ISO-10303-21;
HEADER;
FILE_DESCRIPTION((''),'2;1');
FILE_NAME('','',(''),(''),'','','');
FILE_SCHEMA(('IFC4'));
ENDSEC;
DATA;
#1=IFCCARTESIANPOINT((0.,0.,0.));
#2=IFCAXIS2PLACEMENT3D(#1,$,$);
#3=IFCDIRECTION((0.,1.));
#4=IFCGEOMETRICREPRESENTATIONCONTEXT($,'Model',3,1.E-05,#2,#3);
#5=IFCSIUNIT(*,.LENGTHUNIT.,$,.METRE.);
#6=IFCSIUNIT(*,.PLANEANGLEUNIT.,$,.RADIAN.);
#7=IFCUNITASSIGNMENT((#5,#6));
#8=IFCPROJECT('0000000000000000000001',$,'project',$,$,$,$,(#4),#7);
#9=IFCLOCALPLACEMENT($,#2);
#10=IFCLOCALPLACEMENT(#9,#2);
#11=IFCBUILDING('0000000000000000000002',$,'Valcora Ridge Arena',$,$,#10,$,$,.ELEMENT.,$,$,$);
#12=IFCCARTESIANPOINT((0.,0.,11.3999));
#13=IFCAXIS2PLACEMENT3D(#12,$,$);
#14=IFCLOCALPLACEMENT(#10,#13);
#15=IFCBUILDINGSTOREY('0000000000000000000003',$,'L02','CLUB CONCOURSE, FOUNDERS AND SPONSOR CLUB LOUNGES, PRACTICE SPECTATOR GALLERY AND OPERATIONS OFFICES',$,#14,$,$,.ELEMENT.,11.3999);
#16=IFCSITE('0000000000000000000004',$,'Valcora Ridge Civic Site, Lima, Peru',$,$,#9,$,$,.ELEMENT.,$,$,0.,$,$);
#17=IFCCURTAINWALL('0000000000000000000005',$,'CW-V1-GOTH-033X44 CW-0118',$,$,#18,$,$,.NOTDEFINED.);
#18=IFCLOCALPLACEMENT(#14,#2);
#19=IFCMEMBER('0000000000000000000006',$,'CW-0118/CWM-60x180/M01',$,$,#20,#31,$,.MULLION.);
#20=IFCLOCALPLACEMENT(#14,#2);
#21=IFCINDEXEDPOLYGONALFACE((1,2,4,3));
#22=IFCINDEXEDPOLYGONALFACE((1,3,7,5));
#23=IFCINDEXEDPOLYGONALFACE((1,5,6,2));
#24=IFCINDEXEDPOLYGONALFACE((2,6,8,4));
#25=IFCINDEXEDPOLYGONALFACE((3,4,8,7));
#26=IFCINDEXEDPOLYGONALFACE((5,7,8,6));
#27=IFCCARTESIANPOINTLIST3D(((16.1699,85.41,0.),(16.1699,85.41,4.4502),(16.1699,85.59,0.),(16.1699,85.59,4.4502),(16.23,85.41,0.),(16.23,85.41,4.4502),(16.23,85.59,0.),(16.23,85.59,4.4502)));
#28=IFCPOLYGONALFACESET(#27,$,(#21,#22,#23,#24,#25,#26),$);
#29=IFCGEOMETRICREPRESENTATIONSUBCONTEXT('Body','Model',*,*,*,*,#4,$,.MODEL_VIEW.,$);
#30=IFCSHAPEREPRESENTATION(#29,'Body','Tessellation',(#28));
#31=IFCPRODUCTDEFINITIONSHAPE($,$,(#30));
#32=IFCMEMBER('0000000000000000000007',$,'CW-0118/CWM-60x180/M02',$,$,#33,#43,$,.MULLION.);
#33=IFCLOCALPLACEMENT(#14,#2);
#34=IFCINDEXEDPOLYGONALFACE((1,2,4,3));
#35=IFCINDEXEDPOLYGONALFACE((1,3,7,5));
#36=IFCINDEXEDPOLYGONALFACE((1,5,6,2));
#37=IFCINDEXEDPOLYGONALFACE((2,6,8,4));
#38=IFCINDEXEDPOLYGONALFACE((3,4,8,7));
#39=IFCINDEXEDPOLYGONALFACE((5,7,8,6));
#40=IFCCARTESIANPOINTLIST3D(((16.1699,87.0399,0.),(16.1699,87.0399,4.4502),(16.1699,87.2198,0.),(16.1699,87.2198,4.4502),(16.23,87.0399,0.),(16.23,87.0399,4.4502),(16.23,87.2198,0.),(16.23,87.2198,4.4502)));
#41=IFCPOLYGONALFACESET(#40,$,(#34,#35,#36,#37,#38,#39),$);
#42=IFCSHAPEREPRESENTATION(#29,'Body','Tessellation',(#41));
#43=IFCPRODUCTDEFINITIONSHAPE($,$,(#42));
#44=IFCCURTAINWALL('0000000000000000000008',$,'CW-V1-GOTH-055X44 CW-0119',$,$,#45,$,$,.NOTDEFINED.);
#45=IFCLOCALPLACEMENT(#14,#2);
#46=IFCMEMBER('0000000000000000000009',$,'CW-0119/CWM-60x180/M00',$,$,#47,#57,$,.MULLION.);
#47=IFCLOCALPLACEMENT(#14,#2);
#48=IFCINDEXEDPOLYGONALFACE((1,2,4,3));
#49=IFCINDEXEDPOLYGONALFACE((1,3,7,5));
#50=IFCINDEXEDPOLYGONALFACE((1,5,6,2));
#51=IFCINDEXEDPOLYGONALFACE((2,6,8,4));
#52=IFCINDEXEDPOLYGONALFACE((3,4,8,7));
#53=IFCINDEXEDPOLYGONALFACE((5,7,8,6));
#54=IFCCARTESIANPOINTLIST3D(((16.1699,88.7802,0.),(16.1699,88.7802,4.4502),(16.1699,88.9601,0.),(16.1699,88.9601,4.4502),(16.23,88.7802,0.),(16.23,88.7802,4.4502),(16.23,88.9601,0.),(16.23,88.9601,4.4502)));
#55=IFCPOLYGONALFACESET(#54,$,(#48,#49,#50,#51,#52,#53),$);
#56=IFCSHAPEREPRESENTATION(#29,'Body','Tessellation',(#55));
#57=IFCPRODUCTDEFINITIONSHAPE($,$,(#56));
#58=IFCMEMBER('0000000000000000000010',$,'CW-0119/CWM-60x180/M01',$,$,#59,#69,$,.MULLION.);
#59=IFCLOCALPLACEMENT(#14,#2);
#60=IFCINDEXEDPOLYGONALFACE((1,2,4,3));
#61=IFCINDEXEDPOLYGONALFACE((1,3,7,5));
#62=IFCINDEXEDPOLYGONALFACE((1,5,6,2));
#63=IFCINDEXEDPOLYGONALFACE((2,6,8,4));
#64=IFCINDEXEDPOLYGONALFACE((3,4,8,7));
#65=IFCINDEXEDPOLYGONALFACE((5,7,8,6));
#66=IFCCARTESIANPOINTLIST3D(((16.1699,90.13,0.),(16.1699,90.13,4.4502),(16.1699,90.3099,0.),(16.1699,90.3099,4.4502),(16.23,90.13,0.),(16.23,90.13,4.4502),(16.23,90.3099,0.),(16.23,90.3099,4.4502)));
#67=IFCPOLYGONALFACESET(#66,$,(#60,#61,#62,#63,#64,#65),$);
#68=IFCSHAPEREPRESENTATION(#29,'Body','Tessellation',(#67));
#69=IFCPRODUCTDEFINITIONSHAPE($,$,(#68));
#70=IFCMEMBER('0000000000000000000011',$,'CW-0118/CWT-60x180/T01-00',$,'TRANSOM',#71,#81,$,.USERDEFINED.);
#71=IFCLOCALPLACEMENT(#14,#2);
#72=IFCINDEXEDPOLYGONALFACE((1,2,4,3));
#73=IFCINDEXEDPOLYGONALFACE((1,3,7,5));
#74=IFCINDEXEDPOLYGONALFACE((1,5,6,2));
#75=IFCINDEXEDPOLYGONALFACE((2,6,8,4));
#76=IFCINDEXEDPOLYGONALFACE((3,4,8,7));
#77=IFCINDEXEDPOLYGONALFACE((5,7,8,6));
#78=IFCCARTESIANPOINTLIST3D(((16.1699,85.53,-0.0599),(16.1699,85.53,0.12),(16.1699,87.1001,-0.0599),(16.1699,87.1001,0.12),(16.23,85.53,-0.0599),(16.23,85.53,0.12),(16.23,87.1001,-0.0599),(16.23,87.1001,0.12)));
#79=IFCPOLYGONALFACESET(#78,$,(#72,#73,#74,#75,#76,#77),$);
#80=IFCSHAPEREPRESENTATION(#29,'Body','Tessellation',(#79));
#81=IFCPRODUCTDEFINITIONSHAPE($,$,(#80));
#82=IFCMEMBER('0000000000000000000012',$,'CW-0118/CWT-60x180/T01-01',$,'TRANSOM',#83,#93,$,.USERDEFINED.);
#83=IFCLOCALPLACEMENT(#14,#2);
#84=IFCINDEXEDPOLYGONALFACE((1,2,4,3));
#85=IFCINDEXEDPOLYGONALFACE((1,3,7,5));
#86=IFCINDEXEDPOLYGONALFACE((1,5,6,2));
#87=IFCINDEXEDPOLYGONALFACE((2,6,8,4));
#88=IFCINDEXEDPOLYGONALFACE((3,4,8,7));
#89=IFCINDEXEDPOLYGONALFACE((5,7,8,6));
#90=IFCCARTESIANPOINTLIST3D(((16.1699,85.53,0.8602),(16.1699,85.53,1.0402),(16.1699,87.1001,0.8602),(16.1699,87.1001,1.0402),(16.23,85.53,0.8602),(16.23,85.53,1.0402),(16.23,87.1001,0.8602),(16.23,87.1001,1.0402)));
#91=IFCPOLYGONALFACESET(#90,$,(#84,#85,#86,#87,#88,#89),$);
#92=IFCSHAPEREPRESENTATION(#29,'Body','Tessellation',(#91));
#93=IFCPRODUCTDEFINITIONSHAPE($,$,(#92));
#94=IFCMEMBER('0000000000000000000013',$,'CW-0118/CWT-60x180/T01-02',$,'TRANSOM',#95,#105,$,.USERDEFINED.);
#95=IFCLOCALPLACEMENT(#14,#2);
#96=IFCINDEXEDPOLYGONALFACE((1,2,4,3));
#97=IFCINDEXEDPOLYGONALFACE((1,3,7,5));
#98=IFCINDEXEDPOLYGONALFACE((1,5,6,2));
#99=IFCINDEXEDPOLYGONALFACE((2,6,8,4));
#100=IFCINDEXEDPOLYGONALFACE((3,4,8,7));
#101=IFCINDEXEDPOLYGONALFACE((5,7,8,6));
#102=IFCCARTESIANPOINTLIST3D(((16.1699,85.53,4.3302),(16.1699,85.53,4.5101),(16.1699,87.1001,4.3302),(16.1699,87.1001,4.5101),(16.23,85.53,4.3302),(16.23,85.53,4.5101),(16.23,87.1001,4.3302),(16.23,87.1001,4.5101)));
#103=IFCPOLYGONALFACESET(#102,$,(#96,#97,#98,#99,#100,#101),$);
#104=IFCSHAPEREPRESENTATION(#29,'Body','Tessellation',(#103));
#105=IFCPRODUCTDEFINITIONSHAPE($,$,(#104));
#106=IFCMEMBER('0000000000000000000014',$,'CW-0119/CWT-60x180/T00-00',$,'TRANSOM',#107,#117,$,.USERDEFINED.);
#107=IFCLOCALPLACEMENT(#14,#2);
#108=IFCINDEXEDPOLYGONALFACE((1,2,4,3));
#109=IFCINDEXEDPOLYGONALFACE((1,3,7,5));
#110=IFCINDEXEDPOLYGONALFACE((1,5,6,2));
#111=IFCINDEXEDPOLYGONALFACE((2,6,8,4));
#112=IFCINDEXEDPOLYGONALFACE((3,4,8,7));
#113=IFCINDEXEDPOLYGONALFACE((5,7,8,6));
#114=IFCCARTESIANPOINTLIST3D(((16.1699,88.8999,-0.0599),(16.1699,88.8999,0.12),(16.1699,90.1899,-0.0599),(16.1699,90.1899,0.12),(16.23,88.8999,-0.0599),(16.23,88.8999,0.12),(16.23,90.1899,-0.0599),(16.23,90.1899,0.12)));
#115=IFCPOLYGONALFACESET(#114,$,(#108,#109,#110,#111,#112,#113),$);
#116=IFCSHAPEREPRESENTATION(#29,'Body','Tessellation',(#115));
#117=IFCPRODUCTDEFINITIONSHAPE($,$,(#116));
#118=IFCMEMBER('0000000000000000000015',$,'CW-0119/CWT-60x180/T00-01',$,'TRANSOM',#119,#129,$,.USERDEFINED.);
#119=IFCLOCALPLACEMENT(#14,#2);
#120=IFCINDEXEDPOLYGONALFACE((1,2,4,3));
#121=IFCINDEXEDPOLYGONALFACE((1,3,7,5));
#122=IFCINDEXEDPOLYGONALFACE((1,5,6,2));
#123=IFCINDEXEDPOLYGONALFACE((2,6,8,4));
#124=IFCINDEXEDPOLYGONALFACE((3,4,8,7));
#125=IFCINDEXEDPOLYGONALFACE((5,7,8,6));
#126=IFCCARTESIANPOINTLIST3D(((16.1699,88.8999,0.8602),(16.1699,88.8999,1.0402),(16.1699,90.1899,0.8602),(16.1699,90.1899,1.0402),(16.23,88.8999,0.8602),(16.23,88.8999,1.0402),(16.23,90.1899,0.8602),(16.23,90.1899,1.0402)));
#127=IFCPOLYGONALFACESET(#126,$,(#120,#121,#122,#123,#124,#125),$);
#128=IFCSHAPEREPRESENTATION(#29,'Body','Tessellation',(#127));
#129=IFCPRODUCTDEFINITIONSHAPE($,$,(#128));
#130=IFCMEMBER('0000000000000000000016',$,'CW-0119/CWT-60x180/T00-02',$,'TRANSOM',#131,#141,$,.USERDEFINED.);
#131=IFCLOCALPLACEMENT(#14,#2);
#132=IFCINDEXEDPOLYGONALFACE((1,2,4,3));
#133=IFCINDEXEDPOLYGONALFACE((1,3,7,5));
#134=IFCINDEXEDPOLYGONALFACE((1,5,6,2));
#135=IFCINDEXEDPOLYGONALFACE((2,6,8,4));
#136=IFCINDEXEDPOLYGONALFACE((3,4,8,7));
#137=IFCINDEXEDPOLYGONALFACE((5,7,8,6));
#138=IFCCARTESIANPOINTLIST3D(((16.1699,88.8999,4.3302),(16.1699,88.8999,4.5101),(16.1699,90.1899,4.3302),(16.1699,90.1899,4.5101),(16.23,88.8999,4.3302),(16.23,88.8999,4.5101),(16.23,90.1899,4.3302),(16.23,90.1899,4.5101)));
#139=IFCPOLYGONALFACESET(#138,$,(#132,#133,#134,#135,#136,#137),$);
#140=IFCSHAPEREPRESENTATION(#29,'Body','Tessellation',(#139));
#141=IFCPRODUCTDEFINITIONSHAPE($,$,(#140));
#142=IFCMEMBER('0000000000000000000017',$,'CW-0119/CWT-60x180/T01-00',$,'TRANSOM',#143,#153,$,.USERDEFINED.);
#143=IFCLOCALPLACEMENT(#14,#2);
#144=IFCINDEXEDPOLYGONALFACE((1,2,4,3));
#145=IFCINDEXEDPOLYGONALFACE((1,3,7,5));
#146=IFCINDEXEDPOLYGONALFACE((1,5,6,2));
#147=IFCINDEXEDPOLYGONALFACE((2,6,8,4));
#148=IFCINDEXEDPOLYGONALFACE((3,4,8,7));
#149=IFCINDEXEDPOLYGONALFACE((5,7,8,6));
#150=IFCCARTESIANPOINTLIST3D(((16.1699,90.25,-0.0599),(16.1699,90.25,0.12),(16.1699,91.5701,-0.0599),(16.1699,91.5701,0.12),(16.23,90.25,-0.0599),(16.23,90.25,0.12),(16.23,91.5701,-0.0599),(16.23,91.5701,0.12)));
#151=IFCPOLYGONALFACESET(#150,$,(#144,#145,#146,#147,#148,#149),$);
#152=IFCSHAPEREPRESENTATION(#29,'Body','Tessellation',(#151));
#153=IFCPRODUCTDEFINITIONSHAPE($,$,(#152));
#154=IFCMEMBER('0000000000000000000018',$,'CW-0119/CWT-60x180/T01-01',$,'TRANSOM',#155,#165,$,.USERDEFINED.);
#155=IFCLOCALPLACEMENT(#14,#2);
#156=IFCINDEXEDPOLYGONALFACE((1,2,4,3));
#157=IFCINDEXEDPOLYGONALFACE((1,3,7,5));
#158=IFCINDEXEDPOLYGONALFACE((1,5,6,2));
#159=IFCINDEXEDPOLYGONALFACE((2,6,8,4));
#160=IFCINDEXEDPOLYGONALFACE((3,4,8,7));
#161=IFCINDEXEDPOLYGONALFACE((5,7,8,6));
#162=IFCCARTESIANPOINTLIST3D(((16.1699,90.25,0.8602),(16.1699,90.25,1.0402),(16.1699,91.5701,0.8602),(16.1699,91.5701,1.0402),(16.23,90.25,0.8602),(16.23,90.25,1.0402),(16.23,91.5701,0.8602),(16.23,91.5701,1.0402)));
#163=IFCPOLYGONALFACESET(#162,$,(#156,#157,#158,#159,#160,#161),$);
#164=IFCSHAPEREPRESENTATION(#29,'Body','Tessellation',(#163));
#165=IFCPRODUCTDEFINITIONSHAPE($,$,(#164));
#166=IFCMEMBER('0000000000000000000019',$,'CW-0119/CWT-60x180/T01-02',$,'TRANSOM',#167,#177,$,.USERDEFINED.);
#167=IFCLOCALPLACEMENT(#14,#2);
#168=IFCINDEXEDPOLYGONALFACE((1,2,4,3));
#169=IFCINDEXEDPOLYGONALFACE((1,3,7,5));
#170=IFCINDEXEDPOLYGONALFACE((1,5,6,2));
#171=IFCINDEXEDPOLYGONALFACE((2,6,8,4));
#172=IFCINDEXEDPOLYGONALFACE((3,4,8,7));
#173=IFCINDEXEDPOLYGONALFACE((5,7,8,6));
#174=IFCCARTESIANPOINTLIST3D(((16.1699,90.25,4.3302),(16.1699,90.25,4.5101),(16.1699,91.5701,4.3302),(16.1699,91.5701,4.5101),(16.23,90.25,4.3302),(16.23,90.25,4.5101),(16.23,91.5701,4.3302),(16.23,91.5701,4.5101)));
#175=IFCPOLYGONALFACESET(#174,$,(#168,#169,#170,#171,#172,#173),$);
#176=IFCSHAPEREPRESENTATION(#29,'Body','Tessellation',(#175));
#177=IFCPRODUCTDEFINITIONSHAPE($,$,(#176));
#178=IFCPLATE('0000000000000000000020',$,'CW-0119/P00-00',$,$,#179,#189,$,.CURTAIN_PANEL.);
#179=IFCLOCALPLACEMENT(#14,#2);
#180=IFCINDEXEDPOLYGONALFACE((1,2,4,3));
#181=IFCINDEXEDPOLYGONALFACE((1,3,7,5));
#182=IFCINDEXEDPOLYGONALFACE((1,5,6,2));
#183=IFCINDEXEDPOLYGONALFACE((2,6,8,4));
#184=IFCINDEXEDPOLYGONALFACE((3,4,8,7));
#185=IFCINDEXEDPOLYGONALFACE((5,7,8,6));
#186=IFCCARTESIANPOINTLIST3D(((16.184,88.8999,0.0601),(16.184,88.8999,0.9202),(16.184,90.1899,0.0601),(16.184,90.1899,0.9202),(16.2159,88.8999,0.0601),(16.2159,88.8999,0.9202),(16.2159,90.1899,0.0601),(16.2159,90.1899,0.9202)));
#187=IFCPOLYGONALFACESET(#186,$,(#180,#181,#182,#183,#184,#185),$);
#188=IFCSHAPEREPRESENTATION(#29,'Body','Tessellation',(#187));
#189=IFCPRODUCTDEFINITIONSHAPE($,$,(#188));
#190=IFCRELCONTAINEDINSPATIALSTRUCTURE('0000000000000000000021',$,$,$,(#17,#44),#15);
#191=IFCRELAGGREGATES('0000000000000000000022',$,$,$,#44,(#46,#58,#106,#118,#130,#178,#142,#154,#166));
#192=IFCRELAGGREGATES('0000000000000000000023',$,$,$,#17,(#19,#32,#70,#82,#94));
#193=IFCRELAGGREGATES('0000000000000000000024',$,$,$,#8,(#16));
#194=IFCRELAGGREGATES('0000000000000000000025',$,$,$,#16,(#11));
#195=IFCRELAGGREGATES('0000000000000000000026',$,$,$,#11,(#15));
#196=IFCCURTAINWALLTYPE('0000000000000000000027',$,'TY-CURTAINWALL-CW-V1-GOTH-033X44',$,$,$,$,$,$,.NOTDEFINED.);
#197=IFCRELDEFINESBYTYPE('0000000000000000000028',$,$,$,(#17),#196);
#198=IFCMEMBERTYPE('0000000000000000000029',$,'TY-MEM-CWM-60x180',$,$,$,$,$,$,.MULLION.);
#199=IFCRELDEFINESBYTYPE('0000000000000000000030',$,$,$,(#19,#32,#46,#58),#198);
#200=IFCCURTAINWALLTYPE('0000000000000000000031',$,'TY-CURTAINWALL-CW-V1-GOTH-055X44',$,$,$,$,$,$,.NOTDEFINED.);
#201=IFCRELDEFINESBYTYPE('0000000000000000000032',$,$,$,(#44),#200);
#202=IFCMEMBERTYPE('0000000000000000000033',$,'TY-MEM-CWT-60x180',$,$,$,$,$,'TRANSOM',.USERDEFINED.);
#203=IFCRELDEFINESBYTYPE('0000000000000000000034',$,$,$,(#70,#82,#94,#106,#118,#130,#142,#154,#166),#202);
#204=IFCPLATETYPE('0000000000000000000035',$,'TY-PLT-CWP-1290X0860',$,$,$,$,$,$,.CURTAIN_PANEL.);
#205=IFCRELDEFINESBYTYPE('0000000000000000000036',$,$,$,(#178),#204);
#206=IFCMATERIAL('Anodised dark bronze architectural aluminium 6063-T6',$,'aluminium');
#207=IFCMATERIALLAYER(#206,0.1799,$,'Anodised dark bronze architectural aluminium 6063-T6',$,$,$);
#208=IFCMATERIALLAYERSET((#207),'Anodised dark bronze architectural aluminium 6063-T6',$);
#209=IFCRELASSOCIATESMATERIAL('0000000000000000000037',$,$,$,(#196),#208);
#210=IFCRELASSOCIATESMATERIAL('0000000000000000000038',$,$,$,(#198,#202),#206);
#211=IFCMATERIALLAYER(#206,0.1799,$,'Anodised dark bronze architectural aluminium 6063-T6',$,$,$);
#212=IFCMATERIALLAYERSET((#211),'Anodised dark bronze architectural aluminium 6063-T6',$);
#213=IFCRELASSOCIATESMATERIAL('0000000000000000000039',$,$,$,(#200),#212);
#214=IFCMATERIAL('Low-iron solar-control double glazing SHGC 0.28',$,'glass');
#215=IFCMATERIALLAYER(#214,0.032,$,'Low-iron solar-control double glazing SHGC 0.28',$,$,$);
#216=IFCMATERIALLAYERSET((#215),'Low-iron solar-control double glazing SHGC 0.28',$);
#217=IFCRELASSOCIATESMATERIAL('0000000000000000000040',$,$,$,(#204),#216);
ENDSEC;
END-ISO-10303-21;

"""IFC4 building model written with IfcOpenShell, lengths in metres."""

from ifc_helpers import new_model, si_unit, direction, frame, origin, origin_2d, place, context, subcontext, project, spatial, rectangle, extrude, material, layer, layer_set, material_profile, profile_set, type_object, element, aggregate, save


model = new_model("IFC4")

# Units and contexts
model_context = context("Model", 3, precision=1e-05, world=origin(), true_north=direction((0.0, 1.0)))
body_context = subcontext(model_context, "Body", "Model", "MODEL_VIEW")
ifc_project = project(units=[si_unit("LENGTHUNIT", "METRE"), si_unit("PLANEANGLEUNIT", "RADIAN")], contexts=[model_context])

# Site, building, storey
site_placement = place(None, origin())
site = spatial("IfcSite", under=ifc_project, at=site_placement, Name="Valcora Ridge Civic Site, Lima, Peru", CompositionType="ELEMENT", RefElevation=0.0)
building_placement = place(site_placement, origin())
building = spatial("IfcBuilding", under=site, at=building_placement, Name="Valcora Ridge Arena", CompositionType="ELEMENT")
storey_placement = place(building_placement, frame((0.0, 0.0, 11.3999)))
storey = spatial("IfcBuildingStorey", under=building, at=storey_placement, Name="L02", Description="CLUB CONCOURSE, FOUNDERS AND SPONSOR CLUB LOUNGES, PRACTICE SPECTATOR GALLERY AND OPERATIONS OFFICES", CompositionType="ELEMENT", Elevation=11.3999)

# Curtain walls, members
ifc_material_1 = material(Name="Anodised dark bronze architectural aluminium 6063-T6", Category="aluminium")
ifc_layer_1 = layer(ifc_material_1, 0.1799, Name="Anodised dark bronze architectural aluminium 6063-T6")
ifc_layer_set_1 = layer_set([ifc_layer_1], Name="Anodised dark bronze architectural aluminium 6063-T6")
curtain_wall_type_1 = type_object("IfcCurtainWallType", Name="TY-CURTAINWALL-CW-V1-GOTH-033X44", PredefinedType="NOTDEFINED", material=ifc_layer_set_1)
curtain_wall_1_placement = place(storey_placement, origin())
curtain_wall_1 = element("IfcCurtainWall", 1, at=curtain_wall_1_placement, inside=storey, type_object=curtain_wall_type_1, Name="CW-V1-GOTH-033X44 CW-0118", PredefinedType="NOTDEFINED")
ifc_material_profile_1 = material_profile(ifc_material_1, rectangle(XDim=0.0601, YDim=0.1799, at=origin_2d()), Name="ALU MULLION 60x180")
ifc_profile_set_1 = profile_set([ifc_material_profile_1], Name="Anodised dark bronze architectural aluminium 6063-T6")
member_type_1 = type_object("IfcMemberType", Name="TY-MEM-CWM-60x180", PredefinedType="MULLION", material=ifc_profile_set_1)
member_1_placement = place(storey_placement, frame((16.2, 85.5, 0.0), z_axis=(0.0, 0.0, 1.0), x_axis=(-1.0, 0.0, 0.0)))
member_1 = element("IfcMember", 2, at=member_1_placement, type_object=member_type_1, Name="CW-0118/CWM-60x180/M01", PredefinedType="MULLION", context=body_context, shape_type="SweptSolid", body=[
    extrude(rectangle(XDim=0.0601, YDim=0.1799, at=origin_2d()), origin(), (0.0, 0.0, 1.0), 4.4502),
])
member_2_placement = place(storey_placement, frame((16.2, 87.1299, 0.0), z_axis=(0.0, 0.0, 1.0), x_axis=(-1.0, 0.0, 0.0)))
member_2 = element("IfcMember", 3, at=member_2_placement, type_object=member_type_1, Name="CW-0118/CWM-60x180/M02", PredefinedType="MULLION", context=body_context, shape_type="SweptSolid", body=[
    extrude(rectangle(XDim=0.0601, YDim=0.1799, at=origin_2d()), origin(), (0.0, 0.0, 1.0), 4.4502),
])
ifc_layer_2 = layer(ifc_material_1, 0.1799, Name="Anodised dark bronze architectural aluminium 6063-T6")
ifc_layer_set_2 = layer_set([ifc_layer_2], Name="Anodised dark bronze architectural aluminium 6063-T6")
curtain_wall_type_2 = type_object("IfcCurtainWallType", Name="TY-CURTAINWALL-CW-V1-GOTH-055X44", PredefinedType="NOTDEFINED", material=ifc_layer_set_2)
curtain_wall_2_placement = place(storey_placement, origin())
curtain_wall_2 = element("IfcCurtainWall", 4, at=curtain_wall_2_placement, inside=storey, type_object=curtain_wall_type_2, Name="CW-V1-GOTH-055X44 CW-0119", PredefinedType="NOTDEFINED")
member_3_placement = place(storey_placement, frame((16.2, 88.8701, 0.0), z_axis=(0.0, 0.0, 1.0), x_axis=(-1.0, 0.0, 0.0)))
member_3 = element("IfcMember", 5, at=member_3_placement, type_object=member_type_1, Name="CW-0119/CWM-60x180/M00", PredefinedType="MULLION", context=body_context, shape_type="SweptSolid", body=[
    extrude(rectangle(XDim=0.0601, YDim=0.1799, at=origin_2d()), origin(), (0.0, 0.0, 1.0), 4.4502),
])
member_4_placement = place(storey_placement, frame((16.2, 90.22, 0.0), z_axis=(0.0, 0.0, 1.0), x_axis=(-1.0, 0.0, 0.0)))
member_4 = element("IfcMember", 6, at=member_4_placement, type_object=member_type_1, Name="CW-0119/CWM-60x180/M01", PredefinedType="MULLION", context=body_context, shape_type="SweptSolid", body=[
    extrude(rectangle(XDim=0.0601, YDim=0.1799, at=origin_2d()), origin(), (0.0, 0.0, 1.0), 4.4502),
])

# Members
ifc_material_profile_2 = material_profile(ifc_material_1, rectangle(XDim=0.0601, YDim=0.1799, at=origin_2d()), Name="ALU TRANSOM 60x180")
ifc_profile_set_2 = profile_set([ifc_material_profile_2], Name="Anodised dark bronze architectural aluminium 6063-T6")
member_type_2 = type_object("IfcMemberType", Name="TY-MEM-CWT-60x180", ElementType="TRANSOM", PredefinedType="USERDEFINED", material=ifc_profile_set_2)
member_5_placement = place(storey_placement, frame((16.2, 85.53, 0.03), z_axis=(0.0, 1.0, 0.0), x_axis=(-1.0, 0.0, 0.0)))
member_5 = element("IfcMember", 7, at=member_5_placement, type_object=member_type_2, Name="CW-0118/CWT-60x180/T01-00", ObjectType="TRANSOM", PredefinedType="USERDEFINED", context=body_context, shape_type="SweptSolid", body=[
    extrude(rectangle(XDim=0.0601, YDim=0.1799, at=origin_2d()), origin(), (0.0, 0.0, 1.0), 1.5701),
])
member_6_placement = place(storey_placement, frame((16.2, 85.53, 0.9502), z_axis=(0.0, 1.0, 0.0), x_axis=(-1.0, 0.0, 0.0)))
member_6 = element("IfcMember", 8, at=member_6_placement, type_object=member_type_2, Name="CW-0118/CWT-60x180/T01-01", ObjectType="TRANSOM", PredefinedType="USERDEFINED", context=body_context, shape_type="SweptSolid", body=[
    extrude(rectangle(XDim=0.0601, YDim=0.1799, at=origin_2d()), origin(), (0.0, 0.0, 1.0), 1.5701),
])
member_7_placement = place(storey_placement, frame((16.2, 85.53, 4.4202), z_axis=(0.0, 1.0, 0.0), x_axis=(-1.0, 0.0, 0.0)))
member_7 = element("IfcMember", 9, at=member_7_placement, type_object=member_type_2, Name="CW-0118/CWT-60x180/T01-02", ObjectType="TRANSOM", PredefinedType="USERDEFINED", context=body_context, shape_type="SweptSolid", body=[
    extrude(rectangle(XDim=0.0601, YDim=0.1799, at=origin_2d()), origin(), (0.0, 0.0, 1.0), 1.5701),
])
member_8_placement = place(storey_placement, frame((16.2, 88.8999, 0.03), z_axis=(0.0, 1.0, 0.0), x_axis=(-1.0, 0.0, 0.0)))
member_8 = element("IfcMember", 10, at=member_8_placement, type_object=member_type_2, Name="CW-0119/CWT-60x180/T00-00", ObjectType="TRANSOM", PredefinedType="USERDEFINED", context=body_context, shape_type="SweptSolid", body=[
    extrude(rectangle(XDim=0.0601, YDim=0.1799, at=origin_2d()), origin(), (0.0, 0.0, 1.0), 1.29),
])
member_9_placement = place(storey_placement, frame((16.2, 88.8999, 0.9502), z_axis=(0.0, 1.0, 0.0), x_axis=(-1.0, 0.0, 0.0)))
member_9 = element("IfcMember", 11, at=member_9_placement, type_object=member_type_2, Name="CW-0119/CWT-60x180/T00-01", ObjectType="TRANSOM", PredefinedType="USERDEFINED", context=body_context, shape_type="SweptSolid", body=[
    extrude(rectangle(XDim=0.0601, YDim=0.1799, at=origin_2d()), origin(), (0.0, 0.0, 1.0), 1.29),
])
member_10_placement = place(storey_placement, frame((16.2, 88.8999, 4.4202), z_axis=(0.0, 1.0, 0.0), x_axis=(-1.0, 0.0, 0.0)))
member_10 = element("IfcMember", 12, at=member_10_placement, type_object=member_type_2, Name="CW-0119/CWT-60x180/T00-02", ObjectType="TRANSOM", PredefinedType="USERDEFINED", context=body_context, shape_type="SweptSolid", body=[
    extrude(rectangle(XDim=0.0601, YDim=0.1799, at=origin_2d()), origin(), (0.0, 0.0, 1.0), 1.29),
])
member_11_placement = place(storey_placement, frame((16.2, 90.25, 0.03), z_axis=(0.0, 1.0, 0.0), x_axis=(-1.0, 0.0, 0.0)))
member_11 = element("IfcMember", 13, at=member_11_placement, type_object=member_type_2, Name="CW-0119/CWT-60x180/T01-00", ObjectType="TRANSOM", PredefinedType="USERDEFINED", context=body_context, shape_type="SweptSolid", body=[
    extrude(rectangle(XDim=0.0601, YDim=0.1799, at=origin_2d()), origin(), (0.0, 0.0, 1.0), 1.3201),
])
member_12_placement = place(storey_placement, frame((16.2, 90.25, 0.9502), z_axis=(0.0, 1.0, 0.0), x_axis=(-1.0, 0.0, 0.0)))
member_12 = element("IfcMember", 14, at=member_12_placement, type_object=member_type_2, Name="CW-0119/CWT-60x180/T01-01", ObjectType="TRANSOM", PredefinedType="USERDEFINED", context=body_context, shape_type="SweptSolid", body=[
    extrude(rectangle(XDim=0.0601, YDim=0.1799, at=origin_2d()), origin(), (0.0, 0.0, 1.0), 1.3201),
])
member_13_placement = place(storey_placement, frame((16.2, 90.25, 4.4202), z_axis=(0.0, 1.0, 0.0), x_axis=(-1.0, 0.0, 0.0)))
member_13 = element("IfcMember", 15, at=member_13_placement, type_object=member_type_2, Name="CW-0119/CWT-60x180/T01-02", ObjectType="TRANSOM", PredefinedType="USERDEFINED", context=body_context, shape_type="SweptSolid", body=[
    extrude(rectangle(XDim=0.0601, YDim=0.1799, at=origin_2d()), origin(), (0.0, 0.0, 1.0), 1.3201),
])

# Plate
ifc_material_2 = material(Name="Low-iron solar-control double glazing SHGC 0.28", Category="glass")
ifc_layer_3 = layer(ifc_material_2, 0.032, Name="Low-iron solar-control double glazing SHGC 0.28")
ifc_layer_set_3 = layer_set([ifc_layer_3], Name="Low-iron solar-control double glazing SHGC 0.28")
plate_type_1 = type_object("IfcPlateType", Name="TY-PLT-CWP-1290X0860", PredefinedType="CURTAIN_PANEL", material=ifc_layer_set_3)
plate_1_placement = place(storey_placement, frame((16.2, 89.5449, 0.0601), z_axis=(0.0, 0.0, 1.0), x_axis=(0.0, 1.0, 0.0)))
plate_1 = element("IfcPlate", 16, at=plate_1_placement, type_object=plate_type_1, Name="CW-0119/P00-00", PredefinedType="CURTAIN_PANEL", context=body_context, shape_type="SweptSolid", body=[
    extrude(rectangle(XDim=1.29, YDim=0.032, at=origin_2d()), origin(), (0.0, 0.0, 1.0), 0.8601),
])
aggregate(curtain_wall_2, [member_3, member_4, member_8, member_9, member_10, plate_1, member_11, member_12, member_13])
aggregate(curtain_wall_1, [member_1, member_2, member_5, member_6, member_7])

save(model, "model.ifc")
